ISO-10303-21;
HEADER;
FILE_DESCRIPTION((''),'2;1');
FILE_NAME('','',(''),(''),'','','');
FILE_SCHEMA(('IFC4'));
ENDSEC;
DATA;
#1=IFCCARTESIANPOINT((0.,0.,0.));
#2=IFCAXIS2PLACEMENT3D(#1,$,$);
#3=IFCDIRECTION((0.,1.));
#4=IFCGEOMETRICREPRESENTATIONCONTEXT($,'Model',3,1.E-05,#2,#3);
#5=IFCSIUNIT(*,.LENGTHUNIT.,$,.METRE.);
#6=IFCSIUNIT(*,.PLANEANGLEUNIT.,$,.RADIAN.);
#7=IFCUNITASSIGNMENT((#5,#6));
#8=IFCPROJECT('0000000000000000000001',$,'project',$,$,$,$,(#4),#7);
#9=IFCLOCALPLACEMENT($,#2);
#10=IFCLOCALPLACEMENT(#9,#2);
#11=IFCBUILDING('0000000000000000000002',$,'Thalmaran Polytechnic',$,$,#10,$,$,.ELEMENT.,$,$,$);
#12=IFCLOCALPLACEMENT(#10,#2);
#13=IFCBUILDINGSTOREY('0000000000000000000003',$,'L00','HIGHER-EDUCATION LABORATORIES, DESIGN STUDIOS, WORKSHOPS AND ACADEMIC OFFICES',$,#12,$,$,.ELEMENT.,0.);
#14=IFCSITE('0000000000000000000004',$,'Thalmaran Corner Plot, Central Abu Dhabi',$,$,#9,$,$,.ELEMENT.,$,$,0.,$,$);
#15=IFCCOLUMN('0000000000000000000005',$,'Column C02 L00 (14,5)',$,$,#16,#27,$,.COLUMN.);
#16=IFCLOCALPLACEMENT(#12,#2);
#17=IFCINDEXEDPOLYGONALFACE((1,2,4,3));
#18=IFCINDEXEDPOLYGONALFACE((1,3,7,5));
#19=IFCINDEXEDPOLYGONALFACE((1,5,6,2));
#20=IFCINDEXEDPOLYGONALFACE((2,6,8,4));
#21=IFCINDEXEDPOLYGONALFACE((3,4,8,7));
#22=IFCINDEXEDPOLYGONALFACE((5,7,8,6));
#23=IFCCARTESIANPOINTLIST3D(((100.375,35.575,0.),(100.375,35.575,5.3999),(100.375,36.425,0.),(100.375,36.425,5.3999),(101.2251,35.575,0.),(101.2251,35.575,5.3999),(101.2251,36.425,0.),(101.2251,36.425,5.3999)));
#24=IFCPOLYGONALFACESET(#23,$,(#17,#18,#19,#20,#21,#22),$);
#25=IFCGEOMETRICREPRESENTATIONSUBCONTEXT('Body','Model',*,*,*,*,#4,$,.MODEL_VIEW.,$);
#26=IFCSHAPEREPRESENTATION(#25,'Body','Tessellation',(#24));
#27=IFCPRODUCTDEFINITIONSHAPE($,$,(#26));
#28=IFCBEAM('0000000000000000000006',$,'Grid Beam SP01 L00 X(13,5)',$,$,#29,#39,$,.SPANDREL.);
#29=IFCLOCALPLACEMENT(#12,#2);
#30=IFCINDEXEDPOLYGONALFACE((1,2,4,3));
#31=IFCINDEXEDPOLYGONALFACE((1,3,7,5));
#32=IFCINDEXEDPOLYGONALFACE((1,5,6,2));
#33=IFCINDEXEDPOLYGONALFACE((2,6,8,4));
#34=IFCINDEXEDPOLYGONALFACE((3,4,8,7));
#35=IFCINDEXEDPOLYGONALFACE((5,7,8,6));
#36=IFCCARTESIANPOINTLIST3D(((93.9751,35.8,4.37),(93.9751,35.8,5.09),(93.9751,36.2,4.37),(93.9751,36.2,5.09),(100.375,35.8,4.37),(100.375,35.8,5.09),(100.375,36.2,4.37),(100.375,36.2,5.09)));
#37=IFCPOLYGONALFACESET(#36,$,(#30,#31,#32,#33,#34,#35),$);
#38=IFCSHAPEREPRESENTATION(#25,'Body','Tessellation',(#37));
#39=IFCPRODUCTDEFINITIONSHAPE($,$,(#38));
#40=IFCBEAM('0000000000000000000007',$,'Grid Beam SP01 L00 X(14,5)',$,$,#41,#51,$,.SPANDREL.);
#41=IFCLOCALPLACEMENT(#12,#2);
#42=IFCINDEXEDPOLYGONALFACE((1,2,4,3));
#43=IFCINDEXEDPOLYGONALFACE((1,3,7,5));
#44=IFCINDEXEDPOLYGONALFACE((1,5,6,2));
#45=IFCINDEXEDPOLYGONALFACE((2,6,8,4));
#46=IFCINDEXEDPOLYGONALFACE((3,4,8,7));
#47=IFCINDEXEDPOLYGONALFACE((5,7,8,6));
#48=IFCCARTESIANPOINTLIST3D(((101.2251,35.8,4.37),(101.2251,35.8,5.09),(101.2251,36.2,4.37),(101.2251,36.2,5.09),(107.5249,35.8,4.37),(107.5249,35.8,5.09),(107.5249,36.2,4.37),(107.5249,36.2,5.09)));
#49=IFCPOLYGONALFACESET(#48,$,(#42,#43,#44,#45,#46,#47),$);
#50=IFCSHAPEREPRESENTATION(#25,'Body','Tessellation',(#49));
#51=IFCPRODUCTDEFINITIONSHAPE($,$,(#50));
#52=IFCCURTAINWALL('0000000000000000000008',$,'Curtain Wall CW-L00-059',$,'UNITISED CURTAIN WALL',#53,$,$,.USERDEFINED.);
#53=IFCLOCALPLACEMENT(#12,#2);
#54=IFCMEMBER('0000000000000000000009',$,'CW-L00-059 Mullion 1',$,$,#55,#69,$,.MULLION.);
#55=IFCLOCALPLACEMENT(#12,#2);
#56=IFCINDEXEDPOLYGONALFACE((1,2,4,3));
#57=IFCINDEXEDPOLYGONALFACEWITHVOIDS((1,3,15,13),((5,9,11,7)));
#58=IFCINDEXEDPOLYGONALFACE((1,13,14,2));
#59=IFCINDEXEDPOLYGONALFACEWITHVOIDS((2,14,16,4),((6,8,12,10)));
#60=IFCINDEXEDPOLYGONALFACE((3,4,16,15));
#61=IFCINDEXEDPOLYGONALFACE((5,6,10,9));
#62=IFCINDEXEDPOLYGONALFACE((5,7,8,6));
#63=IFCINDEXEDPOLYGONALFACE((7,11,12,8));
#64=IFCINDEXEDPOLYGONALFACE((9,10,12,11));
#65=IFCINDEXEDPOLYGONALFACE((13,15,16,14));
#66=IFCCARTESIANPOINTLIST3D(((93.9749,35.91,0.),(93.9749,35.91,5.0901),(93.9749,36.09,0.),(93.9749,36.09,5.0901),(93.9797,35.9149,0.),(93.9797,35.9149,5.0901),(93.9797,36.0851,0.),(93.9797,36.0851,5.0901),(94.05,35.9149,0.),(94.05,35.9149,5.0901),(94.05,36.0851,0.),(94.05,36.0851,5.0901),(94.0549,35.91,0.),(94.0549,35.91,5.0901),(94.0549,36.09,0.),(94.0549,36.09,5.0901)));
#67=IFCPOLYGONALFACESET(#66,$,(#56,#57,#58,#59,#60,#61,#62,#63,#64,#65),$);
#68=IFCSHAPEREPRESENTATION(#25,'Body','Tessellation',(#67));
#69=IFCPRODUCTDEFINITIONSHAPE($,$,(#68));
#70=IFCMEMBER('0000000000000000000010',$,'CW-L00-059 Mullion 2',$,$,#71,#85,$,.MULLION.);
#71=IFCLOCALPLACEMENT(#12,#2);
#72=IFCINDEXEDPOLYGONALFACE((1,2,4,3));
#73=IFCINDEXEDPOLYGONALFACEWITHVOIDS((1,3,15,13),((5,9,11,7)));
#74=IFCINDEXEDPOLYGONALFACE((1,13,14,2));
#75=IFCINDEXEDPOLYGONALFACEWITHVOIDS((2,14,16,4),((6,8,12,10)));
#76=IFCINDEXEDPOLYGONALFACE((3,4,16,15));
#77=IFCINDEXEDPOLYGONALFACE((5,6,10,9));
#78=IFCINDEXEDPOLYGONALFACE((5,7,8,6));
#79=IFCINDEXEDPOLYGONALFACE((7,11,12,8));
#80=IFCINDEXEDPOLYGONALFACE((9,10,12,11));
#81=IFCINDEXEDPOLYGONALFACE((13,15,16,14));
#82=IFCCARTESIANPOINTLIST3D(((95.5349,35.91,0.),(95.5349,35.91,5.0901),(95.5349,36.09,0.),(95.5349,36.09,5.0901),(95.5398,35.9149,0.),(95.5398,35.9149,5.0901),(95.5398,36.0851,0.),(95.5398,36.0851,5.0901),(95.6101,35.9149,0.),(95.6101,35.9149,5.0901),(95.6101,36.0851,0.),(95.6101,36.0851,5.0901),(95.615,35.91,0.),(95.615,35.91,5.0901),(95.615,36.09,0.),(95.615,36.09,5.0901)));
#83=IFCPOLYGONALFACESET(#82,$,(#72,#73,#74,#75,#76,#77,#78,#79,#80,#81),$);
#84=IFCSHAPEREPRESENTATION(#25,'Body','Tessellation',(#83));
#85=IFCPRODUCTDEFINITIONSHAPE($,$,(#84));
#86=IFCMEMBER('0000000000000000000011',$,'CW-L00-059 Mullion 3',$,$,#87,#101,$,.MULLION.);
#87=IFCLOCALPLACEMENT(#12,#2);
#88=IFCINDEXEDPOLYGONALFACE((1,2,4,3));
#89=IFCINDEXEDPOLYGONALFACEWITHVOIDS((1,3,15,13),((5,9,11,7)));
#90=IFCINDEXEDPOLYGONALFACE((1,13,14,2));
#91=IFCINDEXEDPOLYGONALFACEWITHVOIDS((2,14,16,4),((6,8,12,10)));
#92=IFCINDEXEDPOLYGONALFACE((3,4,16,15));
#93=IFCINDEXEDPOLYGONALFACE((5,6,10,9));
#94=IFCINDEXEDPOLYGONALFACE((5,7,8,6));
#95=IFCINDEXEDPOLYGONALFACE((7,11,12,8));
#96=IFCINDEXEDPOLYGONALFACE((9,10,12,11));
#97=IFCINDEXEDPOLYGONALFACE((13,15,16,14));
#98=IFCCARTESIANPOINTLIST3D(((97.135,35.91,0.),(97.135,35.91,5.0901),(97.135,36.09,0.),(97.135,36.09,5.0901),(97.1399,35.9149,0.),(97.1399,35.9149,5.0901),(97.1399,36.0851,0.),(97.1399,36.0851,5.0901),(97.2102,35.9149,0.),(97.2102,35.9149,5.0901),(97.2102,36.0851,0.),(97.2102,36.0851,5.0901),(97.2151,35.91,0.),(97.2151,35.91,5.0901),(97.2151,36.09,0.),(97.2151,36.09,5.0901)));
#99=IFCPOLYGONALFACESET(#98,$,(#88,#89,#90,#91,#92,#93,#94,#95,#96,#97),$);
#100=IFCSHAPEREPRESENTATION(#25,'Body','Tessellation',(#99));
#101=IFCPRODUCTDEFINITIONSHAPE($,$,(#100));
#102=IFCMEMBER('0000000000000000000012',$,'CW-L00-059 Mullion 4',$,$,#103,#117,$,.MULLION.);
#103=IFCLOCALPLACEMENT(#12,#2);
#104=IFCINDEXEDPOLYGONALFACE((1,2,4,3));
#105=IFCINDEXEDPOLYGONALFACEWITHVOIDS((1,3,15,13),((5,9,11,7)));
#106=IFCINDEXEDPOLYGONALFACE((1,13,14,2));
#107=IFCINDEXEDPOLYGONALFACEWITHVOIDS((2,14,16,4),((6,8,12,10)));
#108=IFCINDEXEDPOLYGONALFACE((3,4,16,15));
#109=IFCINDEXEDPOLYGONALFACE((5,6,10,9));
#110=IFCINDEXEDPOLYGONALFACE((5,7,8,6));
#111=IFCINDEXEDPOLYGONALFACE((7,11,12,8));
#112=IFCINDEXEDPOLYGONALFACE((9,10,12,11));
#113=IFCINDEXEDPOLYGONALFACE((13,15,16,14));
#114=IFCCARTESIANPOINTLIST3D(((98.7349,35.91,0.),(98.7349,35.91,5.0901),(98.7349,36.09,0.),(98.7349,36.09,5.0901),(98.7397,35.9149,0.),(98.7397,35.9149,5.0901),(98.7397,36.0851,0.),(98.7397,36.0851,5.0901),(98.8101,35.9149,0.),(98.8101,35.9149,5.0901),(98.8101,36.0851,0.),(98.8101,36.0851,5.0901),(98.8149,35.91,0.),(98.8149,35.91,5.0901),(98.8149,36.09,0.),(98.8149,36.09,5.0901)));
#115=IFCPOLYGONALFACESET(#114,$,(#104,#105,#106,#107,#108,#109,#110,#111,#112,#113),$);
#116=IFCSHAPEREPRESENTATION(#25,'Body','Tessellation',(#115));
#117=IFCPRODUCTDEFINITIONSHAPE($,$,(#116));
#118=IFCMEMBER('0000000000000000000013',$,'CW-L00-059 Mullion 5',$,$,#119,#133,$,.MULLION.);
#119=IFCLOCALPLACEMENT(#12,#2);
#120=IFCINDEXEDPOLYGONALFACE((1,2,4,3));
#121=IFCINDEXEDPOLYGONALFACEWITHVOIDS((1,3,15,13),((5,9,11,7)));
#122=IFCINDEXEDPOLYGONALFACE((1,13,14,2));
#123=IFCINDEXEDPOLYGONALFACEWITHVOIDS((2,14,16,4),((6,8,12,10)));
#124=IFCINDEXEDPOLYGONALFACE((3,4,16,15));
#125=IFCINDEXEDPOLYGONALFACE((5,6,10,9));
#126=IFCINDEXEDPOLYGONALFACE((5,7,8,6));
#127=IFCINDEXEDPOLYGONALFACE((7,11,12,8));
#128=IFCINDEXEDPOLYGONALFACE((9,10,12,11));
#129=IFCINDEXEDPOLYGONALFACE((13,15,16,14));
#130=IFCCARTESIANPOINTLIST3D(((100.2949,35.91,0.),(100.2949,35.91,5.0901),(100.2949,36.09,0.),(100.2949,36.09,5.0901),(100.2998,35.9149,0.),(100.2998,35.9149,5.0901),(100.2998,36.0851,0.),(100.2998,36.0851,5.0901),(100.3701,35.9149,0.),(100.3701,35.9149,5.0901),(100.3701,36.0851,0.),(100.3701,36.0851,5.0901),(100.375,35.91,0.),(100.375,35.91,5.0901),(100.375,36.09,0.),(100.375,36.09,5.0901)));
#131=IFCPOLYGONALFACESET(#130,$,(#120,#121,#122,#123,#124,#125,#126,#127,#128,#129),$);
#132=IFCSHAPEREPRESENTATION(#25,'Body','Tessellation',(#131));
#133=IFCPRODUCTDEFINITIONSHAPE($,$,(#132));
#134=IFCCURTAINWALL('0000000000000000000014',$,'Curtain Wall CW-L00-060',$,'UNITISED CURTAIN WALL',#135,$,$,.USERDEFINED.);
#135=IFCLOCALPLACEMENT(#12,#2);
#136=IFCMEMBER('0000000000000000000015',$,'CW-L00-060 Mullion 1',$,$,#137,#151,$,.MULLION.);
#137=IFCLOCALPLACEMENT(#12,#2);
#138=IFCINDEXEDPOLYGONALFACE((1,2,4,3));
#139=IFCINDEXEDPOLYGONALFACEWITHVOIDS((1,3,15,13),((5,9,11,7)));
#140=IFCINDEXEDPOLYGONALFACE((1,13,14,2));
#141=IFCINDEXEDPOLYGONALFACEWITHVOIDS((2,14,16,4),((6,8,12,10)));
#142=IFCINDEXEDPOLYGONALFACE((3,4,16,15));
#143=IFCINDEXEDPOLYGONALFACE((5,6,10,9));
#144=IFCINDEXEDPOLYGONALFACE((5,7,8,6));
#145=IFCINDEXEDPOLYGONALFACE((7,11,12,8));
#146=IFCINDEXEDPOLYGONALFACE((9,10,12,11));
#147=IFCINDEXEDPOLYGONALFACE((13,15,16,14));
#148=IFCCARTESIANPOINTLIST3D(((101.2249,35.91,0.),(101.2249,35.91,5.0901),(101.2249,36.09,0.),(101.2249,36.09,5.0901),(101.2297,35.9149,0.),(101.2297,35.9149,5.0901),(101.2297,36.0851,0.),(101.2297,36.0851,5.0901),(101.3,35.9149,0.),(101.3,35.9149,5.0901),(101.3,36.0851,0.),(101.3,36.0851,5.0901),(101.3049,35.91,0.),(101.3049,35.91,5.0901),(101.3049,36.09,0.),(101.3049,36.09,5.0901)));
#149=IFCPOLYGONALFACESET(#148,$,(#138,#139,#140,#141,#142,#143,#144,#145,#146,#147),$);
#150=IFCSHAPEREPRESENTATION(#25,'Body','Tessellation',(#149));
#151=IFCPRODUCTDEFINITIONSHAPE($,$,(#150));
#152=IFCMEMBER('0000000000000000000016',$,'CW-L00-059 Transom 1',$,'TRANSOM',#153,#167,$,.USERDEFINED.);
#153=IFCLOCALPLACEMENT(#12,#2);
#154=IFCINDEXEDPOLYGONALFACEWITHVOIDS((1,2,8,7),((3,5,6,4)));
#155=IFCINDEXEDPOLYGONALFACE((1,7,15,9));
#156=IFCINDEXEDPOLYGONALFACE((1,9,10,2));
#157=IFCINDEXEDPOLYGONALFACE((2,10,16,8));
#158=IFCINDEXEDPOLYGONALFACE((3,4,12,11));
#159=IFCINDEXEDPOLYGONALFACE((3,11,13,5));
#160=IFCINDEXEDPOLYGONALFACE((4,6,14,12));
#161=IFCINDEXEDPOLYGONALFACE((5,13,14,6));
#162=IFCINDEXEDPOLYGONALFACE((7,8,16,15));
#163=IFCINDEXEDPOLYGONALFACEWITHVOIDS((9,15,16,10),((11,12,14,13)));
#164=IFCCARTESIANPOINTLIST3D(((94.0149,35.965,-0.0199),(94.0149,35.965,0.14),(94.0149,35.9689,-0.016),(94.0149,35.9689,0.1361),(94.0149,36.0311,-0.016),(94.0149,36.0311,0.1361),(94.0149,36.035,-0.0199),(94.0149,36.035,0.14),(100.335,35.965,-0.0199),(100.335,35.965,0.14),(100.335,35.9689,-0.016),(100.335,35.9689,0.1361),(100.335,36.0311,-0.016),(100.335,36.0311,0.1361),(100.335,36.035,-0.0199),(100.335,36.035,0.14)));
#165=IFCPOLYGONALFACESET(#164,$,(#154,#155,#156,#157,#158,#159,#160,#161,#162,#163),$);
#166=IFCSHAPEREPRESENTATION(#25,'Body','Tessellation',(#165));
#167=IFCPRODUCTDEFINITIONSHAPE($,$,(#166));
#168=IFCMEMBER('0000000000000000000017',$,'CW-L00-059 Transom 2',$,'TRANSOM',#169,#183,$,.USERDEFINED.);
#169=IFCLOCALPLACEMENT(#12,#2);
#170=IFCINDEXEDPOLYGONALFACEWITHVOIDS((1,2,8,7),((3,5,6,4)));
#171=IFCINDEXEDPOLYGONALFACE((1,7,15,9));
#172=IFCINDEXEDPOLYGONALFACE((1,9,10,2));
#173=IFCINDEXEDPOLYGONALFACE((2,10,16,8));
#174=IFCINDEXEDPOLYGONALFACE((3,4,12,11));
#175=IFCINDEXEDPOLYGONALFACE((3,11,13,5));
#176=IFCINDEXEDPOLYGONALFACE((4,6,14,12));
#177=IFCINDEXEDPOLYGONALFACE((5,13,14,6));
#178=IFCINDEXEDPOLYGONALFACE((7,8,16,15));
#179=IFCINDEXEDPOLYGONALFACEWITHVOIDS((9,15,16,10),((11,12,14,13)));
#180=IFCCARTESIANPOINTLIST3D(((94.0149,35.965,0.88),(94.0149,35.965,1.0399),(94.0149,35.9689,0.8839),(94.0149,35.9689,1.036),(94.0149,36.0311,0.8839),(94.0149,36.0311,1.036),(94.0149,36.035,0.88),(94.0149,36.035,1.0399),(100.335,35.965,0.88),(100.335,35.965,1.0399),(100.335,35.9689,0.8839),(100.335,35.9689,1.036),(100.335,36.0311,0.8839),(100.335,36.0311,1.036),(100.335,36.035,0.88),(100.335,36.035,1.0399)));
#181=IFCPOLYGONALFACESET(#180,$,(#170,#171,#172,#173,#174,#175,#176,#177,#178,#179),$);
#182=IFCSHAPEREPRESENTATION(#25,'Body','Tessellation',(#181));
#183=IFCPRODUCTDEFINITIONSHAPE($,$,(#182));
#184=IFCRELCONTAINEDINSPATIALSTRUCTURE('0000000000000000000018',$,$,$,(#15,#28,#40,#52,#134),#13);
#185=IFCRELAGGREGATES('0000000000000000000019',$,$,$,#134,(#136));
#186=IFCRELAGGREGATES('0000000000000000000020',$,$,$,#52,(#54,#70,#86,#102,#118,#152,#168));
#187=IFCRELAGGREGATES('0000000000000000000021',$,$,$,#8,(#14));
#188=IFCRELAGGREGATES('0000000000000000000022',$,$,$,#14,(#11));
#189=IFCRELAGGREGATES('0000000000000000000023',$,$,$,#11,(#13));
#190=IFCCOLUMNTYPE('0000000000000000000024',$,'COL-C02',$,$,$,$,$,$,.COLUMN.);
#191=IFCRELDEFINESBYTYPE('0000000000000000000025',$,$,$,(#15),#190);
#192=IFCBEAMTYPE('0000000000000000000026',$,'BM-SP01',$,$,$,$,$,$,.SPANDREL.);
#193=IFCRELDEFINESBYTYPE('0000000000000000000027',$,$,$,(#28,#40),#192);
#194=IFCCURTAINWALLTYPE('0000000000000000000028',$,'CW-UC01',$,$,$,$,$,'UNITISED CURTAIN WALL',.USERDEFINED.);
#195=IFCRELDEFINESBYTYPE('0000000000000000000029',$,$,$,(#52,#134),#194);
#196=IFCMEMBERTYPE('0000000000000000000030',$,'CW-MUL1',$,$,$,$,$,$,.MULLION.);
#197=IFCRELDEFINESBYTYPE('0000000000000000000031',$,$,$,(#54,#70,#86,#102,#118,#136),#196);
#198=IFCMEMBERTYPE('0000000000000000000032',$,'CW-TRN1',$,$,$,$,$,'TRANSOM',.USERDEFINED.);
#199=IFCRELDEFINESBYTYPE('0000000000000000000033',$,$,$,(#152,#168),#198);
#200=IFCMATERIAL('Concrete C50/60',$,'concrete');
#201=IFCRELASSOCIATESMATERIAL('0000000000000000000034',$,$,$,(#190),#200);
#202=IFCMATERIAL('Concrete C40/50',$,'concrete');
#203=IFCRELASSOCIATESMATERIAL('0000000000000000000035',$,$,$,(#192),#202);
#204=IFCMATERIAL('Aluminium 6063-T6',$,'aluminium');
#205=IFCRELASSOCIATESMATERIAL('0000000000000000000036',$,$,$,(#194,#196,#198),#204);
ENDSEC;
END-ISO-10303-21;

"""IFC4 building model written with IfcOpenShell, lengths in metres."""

from ifc_helpers import new_model, si_unit, direction, frame, origin, origin_2d, place, context, subcontext, project, spatial, rectangle, hollow_rectangle, extrude, material, material_profile, profile_set, type_object, element, aggregate, save


model = new_model("IFC4")

# Units and contexts
model_context = context("Model", 3, precision=1e-05, world=origin(), true_north=direction((0.0, 1.0)))
body_context = subcontext(model_context, "Body", "Model", "MODEL_VIEW")
ifc_project = project(units=[si_unit("LENGTHUNIT", "METRE"), si_unit("PLANEANGLEUNIT", "RADIAN")], contexts=[model_context])

# Site, building, storey
site_placement = place(None, origin())
site = spatial("IfcSite", under=ifc_project, at=site_placement, Name="Thalmaran Corner Plot, Central Abu Dhabi", CompositionType="ELEMENT", RefElevation=0.0)
building_placement = place(site_placement, origin())
building = spatial("IfcBuilding", under=site, at=building_placement, Name="Thalmaran Polytechnic", CompositionType="ELEMENT")
storey_placement = place(building_placement, origin())
storey = spatial("IfcBuildingStorey", under=building, at=storey_placement, Name="L00", Description="HIGHER-EDUCATION LABORATORIES, DESIGN STUDIOS, WORKSHOPS AND ACADEMIC OFFICES", CompositionType="ELEMENT", Elevation=0.0)

# Column
ifc_material_1 = material(Name="Concrete C50/60", Category="concrete")
ifc_material_profile_1 = material_profile(ifc_material_1, rectangle(XDim=0.8501, YDim=0.8501, at=origin_2d()), Name="RC 850x850")
ifc_profile_set_1 = profile_set([ifc_material_profile_1], Name="Concrete C50/60")
column_type = type_object("IfcColumnType", Name="COL-C02", PredefinedType="COLUMN", material=ifc_profile_set_1)
column_placement = place(storey_placement, frame((100.8, 36.0, 0.0), z_axis=(0.0, 0.0, 1.0), x_axis=(1.0, 0.0, 0.0)))
element("IfcColumn", 1, at=column_placement, inside=storey, type_object=column_type, Name="Column C02 L00 (14,5)", PredefinedType="COLUMN", context=body_context, shape_type="SweptSolid", body=[
    extrude(rectangle(XDim=0.8501, YDim=0.8501, at=origin_2d()), origin(), (0.0, 0.0, 1.0), 5.3999),
])

# Beams
ifc_material_2 = material(Name="Concrete C40/50", Category="concrete")
ifc_material_profile_2 = material_profile(ifc_material_2, rectangle(XDim=0.3999, YDim=0.72, at=origin_2d()), Name="RC 400x720")
ifc_profile_set_2 = profile_set([ifc_material_profile_2], Name="Concrete C40/50")
beam_type = type_object("IfcBeamType", Name="BM-SP01", PredefinedType="SPANDREL", material=ifc_profile_set_2)
beam_1_placement = place(storey_placement, frame((93.9751, 36.0, 4.73), z_axis=(1.0, 0.0, 0.0), x_axis=(0.0, 1.0, 0.0)))
element("IfcBeam", 2, at=beam_1_placement, inside=storey, type_object=beam_type, Name="Grid Beam SP01 L00 X(13,5)", PredefinedType="SPANDREL", context=body_context, shape_type="SweptSolid", body=[
    extrude(rectangle(XDim=0.3999, YDim=0.72, at=origin_2d()), origin(), (0.0, 0.0, 1.0), 6.3999),
])
beam_2_placement = place(storey_placement, frame((101.2251, 36.0, 4.73), z_axis=(1.0, 0.0, 0.0), x_axis=(0.0, 1.0, 0.0)))
element("IfcBeam", 3, at=beam_2_placement, inside=storey, type_object=beam_type, Name="Grid Beam SP01 L00 X(14,5)", PredefinedType="SPANDREL", context=body_context, shape_type="SweptSolid", body=[
    extrude(rectangle(XDim=0.3999, YDim=0.72, at=origin_2d()), origin(), (0.0, 0.0, 1.0), 6.2998),
])

# Curtain wall, members
ifc_material_3 = material(Name="Aluminium 6063-T6", Category="aluminium")
curtain_wall_type = type_object("IfcCurtainWallType", Name="CW-UC01", ElementType="UNITISED CURTAIN WALL", PredefinedType="USERDEFINED", material=ifc_material_3)
curtain_wall_1_placement = place(storey_placement, origin())
curtain_wall_1 = element("IfcCurtainWall", 4, at=curtain_wall_1_placement, inside=storey, type_object=curtain_wall_type, Name="Curtain Wall CW-L00-059", ObjectType="UNITISED CURTAIN WALL", PredefinedType="USERDEFINED")
ifc_material_profile_3 = material_profile(ifc_material_3, hollow_rectangle(XDim=0.0801, YDim=0.1799, WallThickness=0.0049, at=origin_2d()), Name="RHS 180x80x5.0")
ifc_profile_set_3 = profile_set([ifc_material_profile_3], Name="Aluminium 6063-T6")
member_type_1 = type_object("IfcMemberType", Name="CW-MUL1", PredefinedType="MULLION", material=ifc_profile_set_3)
member_1_placement = place(storey_placement, frame((94.0149, 36.0, 0.0), z_axis=(0.0, 0.0, 1.0), x_axis=(1.0, 0.0, 0.0)))
member_1 = element("IfcMember", 5, at=member_1_placement, type_object=member_type_1, Name="CW-L00-059 Mullion 1", PredefinedType="MULLION", context=body_context, shape_type="SweptSolid", body=[
    extrude(hollow_rectangle(XDim=0.0801, YDim=0.1799, WallThickness=0.0049, at=origin_2d()), origin(), (0.0, 0.0, 1.0), 5.0901),
])
member_2_placement = place(storey_placement, frame((95.575, 36.0, 0.0), z_axis=(0.0, 0.0, 1.0), x_axis=(1.0, 0.0, 0.0)))
member_2 = element("IfcMember", 6, at=member_2_placement, type_object=member_type_1, Name="CW-L00-059 Mullion 2", PredefinedType="MULLION", context=body_context, shape_type="SweptSolid", body=[
    extrude(hollow_rectangle(XDim=0.0801, YDim=0.1799, WallThickness=0.0049, at=origin_2d()), origin(), (0.0, 0.0, 1.0), 5.0901),
])
member_3_placement = place(storey_placement, frame((97.175, 36.0, 0.0), z_axis=(0.0, 0.0, 1.0), x_axis=(1.0, 0.0, 0.0)))
member_3 = element("IfcMember", 7, at=member_3_placement, type_object=member_type_1, Name="CW-L00-059 Mullion 3", PredefinedType="MULLION", context=body_context, shape_type="SweptSolid", body=[
    extrude(hollow_rectangle(XDim=0.0801, YDim=0.1799, WallThickness=0.0049, at=origin_2d()), origin(), (0.0, 0.0, 1.0), 5.0901),
])
member_4_placement = place(storey_placement, frame((98.7749, 36.0, 0.0), z_axis=(0.0, 0.0, 1.0), x_axis=(1.0, 0.0, 0.0)))
member_4 = element("IfcMember", 8, at=member_4_placement, type_object=member_type_1, Name="CW-L00-059 Mullion 4", PredefinedType="MULLION", context=body_context, shape_type="SweptSolid", body=[
    extrude(hollow_rectangle(XDim=0.0801, YDim=0.1799, WallThickness=0.0049, at=origin_2d()), origin(), (0.0, 0.0, 1.0), 5.0901),
])
member_5_placement = place(storey_placement, frame((100.335, 36.0, 0.0), z_axis=(0.0, 0.0, 1.0), x_axis=(1.0, 0.0, 0.0)))
member_5 = element("IfcMember", 9, at=member_5_placement, type_object=member_type_1, Name="CW-L00-059 Mullion 5", PredefinedType="MULLION", context=body_context, shape_type="SweptSolid", body=[
    extrude(hollow_rectangle(XDim=0.0801, YDim=0.1799, WallThickness=0.0049, at=origin_2d()), origin(), (0.0, 0.0, 1.0), 5.0901),
])

# Curtain wall, member
curtain_wall_2_placement = place(storey_placement, origin())
curtain_wall_2 = element("IfcCurtainWall", 10, at=curtain_wall_2_placement, inside=storey, type_object=curtain_wall_type, Name="Curtain Wall CW-L00-060", ObjectType="UNITISED CURTAIN WALL", PredefinedType="USERDEFINED")
member_6_placement = place(storey_placement, frame((101.2649, 36.0, 0.0), z_axis=(0.0, 0.0, 1.0), x_axis=(1.0, 0.0, 0.0)))
member_6 = element("IfcMember", 11, at=member_6_placement, type_object=member_type_1, Name="CW-L00-060 Mullion 1", PredefinedType="MULLION", context=body_context, shape_type="SweptSolid", body=[
    extrude(hollow_rectangle(XDim=0.0801, YDim=0.1799, WallThickness=0.0049, at=origin_2d()), origin(), (0.0, 0.0, 1.0), 5.0901),
])

# Members
ifc_material_profile_4 = material_profile(ifc_material_3, hollow_rectangle(XDim=0.0701, YDim=0.1599, WallThickness=0.0039, at=origin_2d()), Name="AL 160x70x4.0")
ifc_profile_set_4 = profile_set([ifc_material_profile_4], Name="Aluminium 6063-T6")
member_type_2 = type_object("IfcMemberType", Name="CW-TRN1", ElementType="TRANSOM", PredefinedType="USERDEFINED", material=ifc_profile_set_4)
member_7_placement = place(storey_placement, frame((94.0149, 36.0, 0.0601), z_axis=(1.0, 0.0, 0.0), x_axis=(0.0, 1.0, 0.0)))
member_7 = element("IfcMember", 12, at=member_7_placement, type_object=member_type_2, Name="CW-L00-059 Transom 1", ObjectType="TRANSOM", PredefinedType="USERDEFINED", context=body_context, shape_type="SweptSolid", body=[
    extrude(hollow_rectangle(XDim=0.0701, YDim=0.1599, WallThickness=0.0039, at=origin_2d()), origin(), (0.0, 0.0, 1.0), 6.3201),
])
member_8_placement = place(storey_placement, frame((94.0149, 36.0, 0.96), z_axis=(1.0, 0.0, 0.0), x_axis=(0.0, 1.0, 0.0)))
member_8 = element("IfcMember", 13, at=member_8_placement, type_object=member_type_2, Name="CW-L00-059 Transom 2", ObjectType="TRANSOM", PredefinedType="USERDEFINED", context=body_context, shape_type="SweptSolid", body=[
    extrude(hollow_rectangle(XDim=0.0701, YDim=0.1599, WallThickness=0.0039, at=origin_2d()), origin(), (0.0, 0.0, 1.0), 6.3201),
])
aggregate(curtain_wall_2, [member_6])

aggregate(curtain_wall_1, [member_1, member_2, member_3, member_4, member_5, member_7, member_8])

save(model, "model.ifc")
